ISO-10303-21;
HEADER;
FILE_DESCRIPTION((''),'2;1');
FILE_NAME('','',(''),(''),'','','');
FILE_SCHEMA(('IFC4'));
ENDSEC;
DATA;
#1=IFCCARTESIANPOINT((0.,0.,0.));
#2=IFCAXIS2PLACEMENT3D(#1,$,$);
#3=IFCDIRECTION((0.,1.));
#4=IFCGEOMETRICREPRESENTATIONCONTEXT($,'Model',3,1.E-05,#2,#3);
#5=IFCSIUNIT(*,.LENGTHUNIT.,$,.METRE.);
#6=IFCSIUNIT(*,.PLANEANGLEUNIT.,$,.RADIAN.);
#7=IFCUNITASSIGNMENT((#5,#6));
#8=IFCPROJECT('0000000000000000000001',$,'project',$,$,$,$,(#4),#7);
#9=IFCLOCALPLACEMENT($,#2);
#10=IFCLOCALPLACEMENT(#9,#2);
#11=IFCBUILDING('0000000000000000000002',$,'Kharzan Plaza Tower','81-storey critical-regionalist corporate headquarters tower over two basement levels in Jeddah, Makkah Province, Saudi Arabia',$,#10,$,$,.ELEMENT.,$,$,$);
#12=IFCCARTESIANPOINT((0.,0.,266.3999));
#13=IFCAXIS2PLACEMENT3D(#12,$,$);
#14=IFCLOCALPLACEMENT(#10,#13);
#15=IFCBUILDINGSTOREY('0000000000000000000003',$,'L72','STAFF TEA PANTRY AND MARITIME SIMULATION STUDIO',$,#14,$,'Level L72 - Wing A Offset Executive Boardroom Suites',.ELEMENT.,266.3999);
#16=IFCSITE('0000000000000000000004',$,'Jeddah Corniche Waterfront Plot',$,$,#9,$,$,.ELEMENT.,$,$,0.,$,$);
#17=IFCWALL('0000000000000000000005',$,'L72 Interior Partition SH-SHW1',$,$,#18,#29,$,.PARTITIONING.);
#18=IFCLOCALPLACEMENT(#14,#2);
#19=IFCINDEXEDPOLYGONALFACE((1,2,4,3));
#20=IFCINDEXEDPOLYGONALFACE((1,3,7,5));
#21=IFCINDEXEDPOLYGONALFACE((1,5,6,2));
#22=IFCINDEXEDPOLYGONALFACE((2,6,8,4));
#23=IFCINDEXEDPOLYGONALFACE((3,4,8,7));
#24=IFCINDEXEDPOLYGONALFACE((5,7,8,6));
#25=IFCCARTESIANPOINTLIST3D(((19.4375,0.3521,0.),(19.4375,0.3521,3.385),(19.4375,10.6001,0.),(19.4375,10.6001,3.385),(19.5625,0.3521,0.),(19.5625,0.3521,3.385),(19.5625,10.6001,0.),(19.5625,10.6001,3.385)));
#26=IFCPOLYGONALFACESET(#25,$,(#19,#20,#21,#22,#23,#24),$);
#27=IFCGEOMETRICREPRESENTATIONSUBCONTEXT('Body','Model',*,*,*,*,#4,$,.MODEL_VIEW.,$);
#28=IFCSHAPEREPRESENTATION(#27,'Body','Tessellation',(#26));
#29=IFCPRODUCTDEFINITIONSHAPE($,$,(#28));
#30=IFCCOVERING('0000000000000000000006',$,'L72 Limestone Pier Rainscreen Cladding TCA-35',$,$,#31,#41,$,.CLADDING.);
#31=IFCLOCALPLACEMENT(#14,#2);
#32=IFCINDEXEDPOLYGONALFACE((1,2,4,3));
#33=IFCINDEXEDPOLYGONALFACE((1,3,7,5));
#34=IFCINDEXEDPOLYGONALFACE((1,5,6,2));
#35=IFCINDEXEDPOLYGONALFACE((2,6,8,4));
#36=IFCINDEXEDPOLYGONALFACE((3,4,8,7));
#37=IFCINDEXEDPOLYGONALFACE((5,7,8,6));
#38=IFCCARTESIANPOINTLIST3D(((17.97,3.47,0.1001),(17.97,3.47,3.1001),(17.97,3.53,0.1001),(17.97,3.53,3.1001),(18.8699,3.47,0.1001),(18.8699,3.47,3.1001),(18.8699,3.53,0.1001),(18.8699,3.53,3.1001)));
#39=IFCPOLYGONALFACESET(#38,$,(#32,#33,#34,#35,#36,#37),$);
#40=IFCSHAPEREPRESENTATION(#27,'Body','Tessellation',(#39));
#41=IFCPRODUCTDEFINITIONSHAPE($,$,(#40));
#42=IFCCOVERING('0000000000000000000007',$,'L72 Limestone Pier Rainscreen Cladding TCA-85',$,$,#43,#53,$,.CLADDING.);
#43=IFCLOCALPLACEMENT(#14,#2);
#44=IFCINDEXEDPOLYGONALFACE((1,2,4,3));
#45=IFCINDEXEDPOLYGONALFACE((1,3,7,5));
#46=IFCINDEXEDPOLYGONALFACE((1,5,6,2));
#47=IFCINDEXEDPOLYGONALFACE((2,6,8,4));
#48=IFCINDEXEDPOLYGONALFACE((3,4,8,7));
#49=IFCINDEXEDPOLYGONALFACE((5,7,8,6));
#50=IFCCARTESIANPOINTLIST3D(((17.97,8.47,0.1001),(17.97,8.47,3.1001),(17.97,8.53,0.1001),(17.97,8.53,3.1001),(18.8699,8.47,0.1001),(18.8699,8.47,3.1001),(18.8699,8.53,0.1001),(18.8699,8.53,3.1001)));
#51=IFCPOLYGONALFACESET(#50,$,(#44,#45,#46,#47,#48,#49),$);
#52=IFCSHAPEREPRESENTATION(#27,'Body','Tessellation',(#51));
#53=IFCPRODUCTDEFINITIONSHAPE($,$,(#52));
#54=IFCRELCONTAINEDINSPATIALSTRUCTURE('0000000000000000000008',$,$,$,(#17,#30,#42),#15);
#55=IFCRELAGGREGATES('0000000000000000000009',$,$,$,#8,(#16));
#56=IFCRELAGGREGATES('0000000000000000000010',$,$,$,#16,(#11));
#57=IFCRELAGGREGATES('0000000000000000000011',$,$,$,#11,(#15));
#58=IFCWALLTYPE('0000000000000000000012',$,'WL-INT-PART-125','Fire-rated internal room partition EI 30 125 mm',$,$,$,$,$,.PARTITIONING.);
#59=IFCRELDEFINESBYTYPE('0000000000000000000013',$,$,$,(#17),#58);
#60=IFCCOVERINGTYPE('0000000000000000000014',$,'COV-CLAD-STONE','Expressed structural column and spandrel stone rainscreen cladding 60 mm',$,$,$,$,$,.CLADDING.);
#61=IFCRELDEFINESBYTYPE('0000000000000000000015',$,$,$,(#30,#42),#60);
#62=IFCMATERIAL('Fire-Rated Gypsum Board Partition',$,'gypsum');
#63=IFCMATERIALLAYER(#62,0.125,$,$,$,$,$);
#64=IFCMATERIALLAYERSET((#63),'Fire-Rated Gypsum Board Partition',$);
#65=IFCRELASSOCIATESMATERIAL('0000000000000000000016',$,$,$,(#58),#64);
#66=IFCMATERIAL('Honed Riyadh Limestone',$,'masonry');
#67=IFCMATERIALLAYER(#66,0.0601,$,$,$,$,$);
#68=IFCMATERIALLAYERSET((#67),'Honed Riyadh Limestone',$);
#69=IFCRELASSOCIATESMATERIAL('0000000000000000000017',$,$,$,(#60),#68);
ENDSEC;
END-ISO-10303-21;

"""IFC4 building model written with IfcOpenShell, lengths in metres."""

from ifc_helpers import new_model, si_unit, direction, frame, frame_2d, origin, origin_2d, place, context, subcontext, project, spatial, rectangle, extrude, source, transform, mapped, material, layer, layer_set, type_object, element, save


model = new_model("IFC4")

# Units and contexts
model_context = context("Model", 3, precision=1e-05, world=origin(), true_north=direction((0.0, 1.0)))
body_context = subcontext(model_context, "Body", "Model", "MODEL_VIEW")
ifc_project = project(units=[si_unit("LENGTHUNIT", "METRE"), si_unit("PLANEANGLEUNIT", "RADIAN")], contexts=[model_context])

# Site, building, storey
site_placement = place(None, origin())
site = spatial("IfcSite", under=ifc_project, at=site_placement, Name="Jeddah Corniche Waterfront Plot", CompositionType="ELEMENT", RefElevation=0.0)
building_placement = place(site_placement, origin())
building = spatial("IfcBuilding", under=site, at=building_placement, Name="Kharzan Plaza Tower", Description="81-storey critical-regionalist corporate headquarters tower over two basement levels in Jeddah, Makkah Province, Saudi Arabia", CompositionType="ELEMENT")
storey_placement = place(building_placement, frame((0.0, 0.0, 266.3999)))
storey = spatial("IfcBuildingStorey", under=building, at=storey_placement, Name="L72", Description="STAFF TEA PANTRY AND MARITIME SIMULATION STUDIO", LongName="Level L72 - Wing A Offset Executive Boardroom Suites", CompositionType="ELEMENT", Elevation=266.3999)

# Shared definitions
ifc_material_1 = material(Name="Fire-Rated Gypsum Board Partition", Category="gypsum")
ifc_layer_1 = layer(ifc_material_1, 0.125)
ifc_layer_set_1 = layer_set([ifc_layer_1], Name="Fire-Rated Gypsum Board Partition")
wall_type_1 = type_object("IfcWallType", Name="WL-INT-PART-125", Description="Fire-rated internal room partition EI 30 125 mm", PredefinedType="PARTITIONING", material=ifc_layer_set_1)

# Wall
shared_shape_1 = source(origin(), body_context, "Body", "SweptSolid", [
    extrude(rectangle(XDim=10.248, YDim=0.125, at=frame_2d((5.124, 0.0))), origin(), (0.0, 0.0, 1.0), 3.385),
])
wall_1_placement = place(storey_placement, frame((19.5, 0.3521, 0.0), z_axis=(0.0, 0.0, 1.0), x_axis=(0.0, 1.0, 0.0)))
element("IfcWall", 1, at=wall_1_placement, inside=storey, type_object=wall_type_1, Name="L72 Interior Partition SH-SHW1", PredefinedType="PARTITIONING", context=body_context, shape_type="MappedRepresentation", body=[
    mapped(shared_shape_1, transform((0.0, 0.0, 0.0), x_axis=(1.0, 0.0, 0.0), y_axis=(0.0, 1.0, 0.0), z_axis=(0.0, 0.0, 1.0))),
])

# Coverings
ifc_material_2 = material(Name="Honed Riyadh Limestone", Category="masonry")
ifc_layer_2 = layer(ifc_material_2, 0.0601)
ifc_layer_set_2 = layer_set([ifc_layer_2], Name="Honed Riyadh Limestone")
covering_type = type_object("IfcCoveringType", Name="COV-CLAD-STONE", Description="Expressed structural column and spandrel stone rainscreen cladding 60 mm", PredefinedType="CLADDING", material=ifc_layer_set_2)
shared_shape_2 = source(origin(), body_context, "Body", "SweptSolid", [
    extrude(rectangle(XDim=0.0601, YDim=0.8999, at=origin_2d()), origin(), (0.0, 0.0, 1.0), 3.0),
])
for number, where, z_axis, x_axis, name in (
    (2, (18.4199, 3.5, 0.1001), (0.0, 0.0, 1.0), (0.0, 1.0, 0.0), "L72 Limestone Pier Rainscreen Cladding TCA-35"),
    (3, (18.4199, 8.5, 0.1001), (0.0, 0.0, 1.0), (0.0, 1.0, 0.0), "L72 Limestone Pier Rainscreen Cladding TCA-85"),
):
    element("IfcCovering", number, at=place(storey_placement, frame(where, z_axis=z_axis, x_axis=x_axis)), inside=storey, type_object=covering_type, Name=name, PredefinedType="CLADDING", context=body_context, shape_type="MappedRepresentation", body=[
        mapped(shared_shape_2, transform((0.0, 0.0, 0.0), x_axis=(1.0, 0.0, 0.0), y_axis=(0.0, 1.0, 0.0), z_axis=(0.0, 0.0, 1.0))),
    ])

save(model, "model.ifc")
